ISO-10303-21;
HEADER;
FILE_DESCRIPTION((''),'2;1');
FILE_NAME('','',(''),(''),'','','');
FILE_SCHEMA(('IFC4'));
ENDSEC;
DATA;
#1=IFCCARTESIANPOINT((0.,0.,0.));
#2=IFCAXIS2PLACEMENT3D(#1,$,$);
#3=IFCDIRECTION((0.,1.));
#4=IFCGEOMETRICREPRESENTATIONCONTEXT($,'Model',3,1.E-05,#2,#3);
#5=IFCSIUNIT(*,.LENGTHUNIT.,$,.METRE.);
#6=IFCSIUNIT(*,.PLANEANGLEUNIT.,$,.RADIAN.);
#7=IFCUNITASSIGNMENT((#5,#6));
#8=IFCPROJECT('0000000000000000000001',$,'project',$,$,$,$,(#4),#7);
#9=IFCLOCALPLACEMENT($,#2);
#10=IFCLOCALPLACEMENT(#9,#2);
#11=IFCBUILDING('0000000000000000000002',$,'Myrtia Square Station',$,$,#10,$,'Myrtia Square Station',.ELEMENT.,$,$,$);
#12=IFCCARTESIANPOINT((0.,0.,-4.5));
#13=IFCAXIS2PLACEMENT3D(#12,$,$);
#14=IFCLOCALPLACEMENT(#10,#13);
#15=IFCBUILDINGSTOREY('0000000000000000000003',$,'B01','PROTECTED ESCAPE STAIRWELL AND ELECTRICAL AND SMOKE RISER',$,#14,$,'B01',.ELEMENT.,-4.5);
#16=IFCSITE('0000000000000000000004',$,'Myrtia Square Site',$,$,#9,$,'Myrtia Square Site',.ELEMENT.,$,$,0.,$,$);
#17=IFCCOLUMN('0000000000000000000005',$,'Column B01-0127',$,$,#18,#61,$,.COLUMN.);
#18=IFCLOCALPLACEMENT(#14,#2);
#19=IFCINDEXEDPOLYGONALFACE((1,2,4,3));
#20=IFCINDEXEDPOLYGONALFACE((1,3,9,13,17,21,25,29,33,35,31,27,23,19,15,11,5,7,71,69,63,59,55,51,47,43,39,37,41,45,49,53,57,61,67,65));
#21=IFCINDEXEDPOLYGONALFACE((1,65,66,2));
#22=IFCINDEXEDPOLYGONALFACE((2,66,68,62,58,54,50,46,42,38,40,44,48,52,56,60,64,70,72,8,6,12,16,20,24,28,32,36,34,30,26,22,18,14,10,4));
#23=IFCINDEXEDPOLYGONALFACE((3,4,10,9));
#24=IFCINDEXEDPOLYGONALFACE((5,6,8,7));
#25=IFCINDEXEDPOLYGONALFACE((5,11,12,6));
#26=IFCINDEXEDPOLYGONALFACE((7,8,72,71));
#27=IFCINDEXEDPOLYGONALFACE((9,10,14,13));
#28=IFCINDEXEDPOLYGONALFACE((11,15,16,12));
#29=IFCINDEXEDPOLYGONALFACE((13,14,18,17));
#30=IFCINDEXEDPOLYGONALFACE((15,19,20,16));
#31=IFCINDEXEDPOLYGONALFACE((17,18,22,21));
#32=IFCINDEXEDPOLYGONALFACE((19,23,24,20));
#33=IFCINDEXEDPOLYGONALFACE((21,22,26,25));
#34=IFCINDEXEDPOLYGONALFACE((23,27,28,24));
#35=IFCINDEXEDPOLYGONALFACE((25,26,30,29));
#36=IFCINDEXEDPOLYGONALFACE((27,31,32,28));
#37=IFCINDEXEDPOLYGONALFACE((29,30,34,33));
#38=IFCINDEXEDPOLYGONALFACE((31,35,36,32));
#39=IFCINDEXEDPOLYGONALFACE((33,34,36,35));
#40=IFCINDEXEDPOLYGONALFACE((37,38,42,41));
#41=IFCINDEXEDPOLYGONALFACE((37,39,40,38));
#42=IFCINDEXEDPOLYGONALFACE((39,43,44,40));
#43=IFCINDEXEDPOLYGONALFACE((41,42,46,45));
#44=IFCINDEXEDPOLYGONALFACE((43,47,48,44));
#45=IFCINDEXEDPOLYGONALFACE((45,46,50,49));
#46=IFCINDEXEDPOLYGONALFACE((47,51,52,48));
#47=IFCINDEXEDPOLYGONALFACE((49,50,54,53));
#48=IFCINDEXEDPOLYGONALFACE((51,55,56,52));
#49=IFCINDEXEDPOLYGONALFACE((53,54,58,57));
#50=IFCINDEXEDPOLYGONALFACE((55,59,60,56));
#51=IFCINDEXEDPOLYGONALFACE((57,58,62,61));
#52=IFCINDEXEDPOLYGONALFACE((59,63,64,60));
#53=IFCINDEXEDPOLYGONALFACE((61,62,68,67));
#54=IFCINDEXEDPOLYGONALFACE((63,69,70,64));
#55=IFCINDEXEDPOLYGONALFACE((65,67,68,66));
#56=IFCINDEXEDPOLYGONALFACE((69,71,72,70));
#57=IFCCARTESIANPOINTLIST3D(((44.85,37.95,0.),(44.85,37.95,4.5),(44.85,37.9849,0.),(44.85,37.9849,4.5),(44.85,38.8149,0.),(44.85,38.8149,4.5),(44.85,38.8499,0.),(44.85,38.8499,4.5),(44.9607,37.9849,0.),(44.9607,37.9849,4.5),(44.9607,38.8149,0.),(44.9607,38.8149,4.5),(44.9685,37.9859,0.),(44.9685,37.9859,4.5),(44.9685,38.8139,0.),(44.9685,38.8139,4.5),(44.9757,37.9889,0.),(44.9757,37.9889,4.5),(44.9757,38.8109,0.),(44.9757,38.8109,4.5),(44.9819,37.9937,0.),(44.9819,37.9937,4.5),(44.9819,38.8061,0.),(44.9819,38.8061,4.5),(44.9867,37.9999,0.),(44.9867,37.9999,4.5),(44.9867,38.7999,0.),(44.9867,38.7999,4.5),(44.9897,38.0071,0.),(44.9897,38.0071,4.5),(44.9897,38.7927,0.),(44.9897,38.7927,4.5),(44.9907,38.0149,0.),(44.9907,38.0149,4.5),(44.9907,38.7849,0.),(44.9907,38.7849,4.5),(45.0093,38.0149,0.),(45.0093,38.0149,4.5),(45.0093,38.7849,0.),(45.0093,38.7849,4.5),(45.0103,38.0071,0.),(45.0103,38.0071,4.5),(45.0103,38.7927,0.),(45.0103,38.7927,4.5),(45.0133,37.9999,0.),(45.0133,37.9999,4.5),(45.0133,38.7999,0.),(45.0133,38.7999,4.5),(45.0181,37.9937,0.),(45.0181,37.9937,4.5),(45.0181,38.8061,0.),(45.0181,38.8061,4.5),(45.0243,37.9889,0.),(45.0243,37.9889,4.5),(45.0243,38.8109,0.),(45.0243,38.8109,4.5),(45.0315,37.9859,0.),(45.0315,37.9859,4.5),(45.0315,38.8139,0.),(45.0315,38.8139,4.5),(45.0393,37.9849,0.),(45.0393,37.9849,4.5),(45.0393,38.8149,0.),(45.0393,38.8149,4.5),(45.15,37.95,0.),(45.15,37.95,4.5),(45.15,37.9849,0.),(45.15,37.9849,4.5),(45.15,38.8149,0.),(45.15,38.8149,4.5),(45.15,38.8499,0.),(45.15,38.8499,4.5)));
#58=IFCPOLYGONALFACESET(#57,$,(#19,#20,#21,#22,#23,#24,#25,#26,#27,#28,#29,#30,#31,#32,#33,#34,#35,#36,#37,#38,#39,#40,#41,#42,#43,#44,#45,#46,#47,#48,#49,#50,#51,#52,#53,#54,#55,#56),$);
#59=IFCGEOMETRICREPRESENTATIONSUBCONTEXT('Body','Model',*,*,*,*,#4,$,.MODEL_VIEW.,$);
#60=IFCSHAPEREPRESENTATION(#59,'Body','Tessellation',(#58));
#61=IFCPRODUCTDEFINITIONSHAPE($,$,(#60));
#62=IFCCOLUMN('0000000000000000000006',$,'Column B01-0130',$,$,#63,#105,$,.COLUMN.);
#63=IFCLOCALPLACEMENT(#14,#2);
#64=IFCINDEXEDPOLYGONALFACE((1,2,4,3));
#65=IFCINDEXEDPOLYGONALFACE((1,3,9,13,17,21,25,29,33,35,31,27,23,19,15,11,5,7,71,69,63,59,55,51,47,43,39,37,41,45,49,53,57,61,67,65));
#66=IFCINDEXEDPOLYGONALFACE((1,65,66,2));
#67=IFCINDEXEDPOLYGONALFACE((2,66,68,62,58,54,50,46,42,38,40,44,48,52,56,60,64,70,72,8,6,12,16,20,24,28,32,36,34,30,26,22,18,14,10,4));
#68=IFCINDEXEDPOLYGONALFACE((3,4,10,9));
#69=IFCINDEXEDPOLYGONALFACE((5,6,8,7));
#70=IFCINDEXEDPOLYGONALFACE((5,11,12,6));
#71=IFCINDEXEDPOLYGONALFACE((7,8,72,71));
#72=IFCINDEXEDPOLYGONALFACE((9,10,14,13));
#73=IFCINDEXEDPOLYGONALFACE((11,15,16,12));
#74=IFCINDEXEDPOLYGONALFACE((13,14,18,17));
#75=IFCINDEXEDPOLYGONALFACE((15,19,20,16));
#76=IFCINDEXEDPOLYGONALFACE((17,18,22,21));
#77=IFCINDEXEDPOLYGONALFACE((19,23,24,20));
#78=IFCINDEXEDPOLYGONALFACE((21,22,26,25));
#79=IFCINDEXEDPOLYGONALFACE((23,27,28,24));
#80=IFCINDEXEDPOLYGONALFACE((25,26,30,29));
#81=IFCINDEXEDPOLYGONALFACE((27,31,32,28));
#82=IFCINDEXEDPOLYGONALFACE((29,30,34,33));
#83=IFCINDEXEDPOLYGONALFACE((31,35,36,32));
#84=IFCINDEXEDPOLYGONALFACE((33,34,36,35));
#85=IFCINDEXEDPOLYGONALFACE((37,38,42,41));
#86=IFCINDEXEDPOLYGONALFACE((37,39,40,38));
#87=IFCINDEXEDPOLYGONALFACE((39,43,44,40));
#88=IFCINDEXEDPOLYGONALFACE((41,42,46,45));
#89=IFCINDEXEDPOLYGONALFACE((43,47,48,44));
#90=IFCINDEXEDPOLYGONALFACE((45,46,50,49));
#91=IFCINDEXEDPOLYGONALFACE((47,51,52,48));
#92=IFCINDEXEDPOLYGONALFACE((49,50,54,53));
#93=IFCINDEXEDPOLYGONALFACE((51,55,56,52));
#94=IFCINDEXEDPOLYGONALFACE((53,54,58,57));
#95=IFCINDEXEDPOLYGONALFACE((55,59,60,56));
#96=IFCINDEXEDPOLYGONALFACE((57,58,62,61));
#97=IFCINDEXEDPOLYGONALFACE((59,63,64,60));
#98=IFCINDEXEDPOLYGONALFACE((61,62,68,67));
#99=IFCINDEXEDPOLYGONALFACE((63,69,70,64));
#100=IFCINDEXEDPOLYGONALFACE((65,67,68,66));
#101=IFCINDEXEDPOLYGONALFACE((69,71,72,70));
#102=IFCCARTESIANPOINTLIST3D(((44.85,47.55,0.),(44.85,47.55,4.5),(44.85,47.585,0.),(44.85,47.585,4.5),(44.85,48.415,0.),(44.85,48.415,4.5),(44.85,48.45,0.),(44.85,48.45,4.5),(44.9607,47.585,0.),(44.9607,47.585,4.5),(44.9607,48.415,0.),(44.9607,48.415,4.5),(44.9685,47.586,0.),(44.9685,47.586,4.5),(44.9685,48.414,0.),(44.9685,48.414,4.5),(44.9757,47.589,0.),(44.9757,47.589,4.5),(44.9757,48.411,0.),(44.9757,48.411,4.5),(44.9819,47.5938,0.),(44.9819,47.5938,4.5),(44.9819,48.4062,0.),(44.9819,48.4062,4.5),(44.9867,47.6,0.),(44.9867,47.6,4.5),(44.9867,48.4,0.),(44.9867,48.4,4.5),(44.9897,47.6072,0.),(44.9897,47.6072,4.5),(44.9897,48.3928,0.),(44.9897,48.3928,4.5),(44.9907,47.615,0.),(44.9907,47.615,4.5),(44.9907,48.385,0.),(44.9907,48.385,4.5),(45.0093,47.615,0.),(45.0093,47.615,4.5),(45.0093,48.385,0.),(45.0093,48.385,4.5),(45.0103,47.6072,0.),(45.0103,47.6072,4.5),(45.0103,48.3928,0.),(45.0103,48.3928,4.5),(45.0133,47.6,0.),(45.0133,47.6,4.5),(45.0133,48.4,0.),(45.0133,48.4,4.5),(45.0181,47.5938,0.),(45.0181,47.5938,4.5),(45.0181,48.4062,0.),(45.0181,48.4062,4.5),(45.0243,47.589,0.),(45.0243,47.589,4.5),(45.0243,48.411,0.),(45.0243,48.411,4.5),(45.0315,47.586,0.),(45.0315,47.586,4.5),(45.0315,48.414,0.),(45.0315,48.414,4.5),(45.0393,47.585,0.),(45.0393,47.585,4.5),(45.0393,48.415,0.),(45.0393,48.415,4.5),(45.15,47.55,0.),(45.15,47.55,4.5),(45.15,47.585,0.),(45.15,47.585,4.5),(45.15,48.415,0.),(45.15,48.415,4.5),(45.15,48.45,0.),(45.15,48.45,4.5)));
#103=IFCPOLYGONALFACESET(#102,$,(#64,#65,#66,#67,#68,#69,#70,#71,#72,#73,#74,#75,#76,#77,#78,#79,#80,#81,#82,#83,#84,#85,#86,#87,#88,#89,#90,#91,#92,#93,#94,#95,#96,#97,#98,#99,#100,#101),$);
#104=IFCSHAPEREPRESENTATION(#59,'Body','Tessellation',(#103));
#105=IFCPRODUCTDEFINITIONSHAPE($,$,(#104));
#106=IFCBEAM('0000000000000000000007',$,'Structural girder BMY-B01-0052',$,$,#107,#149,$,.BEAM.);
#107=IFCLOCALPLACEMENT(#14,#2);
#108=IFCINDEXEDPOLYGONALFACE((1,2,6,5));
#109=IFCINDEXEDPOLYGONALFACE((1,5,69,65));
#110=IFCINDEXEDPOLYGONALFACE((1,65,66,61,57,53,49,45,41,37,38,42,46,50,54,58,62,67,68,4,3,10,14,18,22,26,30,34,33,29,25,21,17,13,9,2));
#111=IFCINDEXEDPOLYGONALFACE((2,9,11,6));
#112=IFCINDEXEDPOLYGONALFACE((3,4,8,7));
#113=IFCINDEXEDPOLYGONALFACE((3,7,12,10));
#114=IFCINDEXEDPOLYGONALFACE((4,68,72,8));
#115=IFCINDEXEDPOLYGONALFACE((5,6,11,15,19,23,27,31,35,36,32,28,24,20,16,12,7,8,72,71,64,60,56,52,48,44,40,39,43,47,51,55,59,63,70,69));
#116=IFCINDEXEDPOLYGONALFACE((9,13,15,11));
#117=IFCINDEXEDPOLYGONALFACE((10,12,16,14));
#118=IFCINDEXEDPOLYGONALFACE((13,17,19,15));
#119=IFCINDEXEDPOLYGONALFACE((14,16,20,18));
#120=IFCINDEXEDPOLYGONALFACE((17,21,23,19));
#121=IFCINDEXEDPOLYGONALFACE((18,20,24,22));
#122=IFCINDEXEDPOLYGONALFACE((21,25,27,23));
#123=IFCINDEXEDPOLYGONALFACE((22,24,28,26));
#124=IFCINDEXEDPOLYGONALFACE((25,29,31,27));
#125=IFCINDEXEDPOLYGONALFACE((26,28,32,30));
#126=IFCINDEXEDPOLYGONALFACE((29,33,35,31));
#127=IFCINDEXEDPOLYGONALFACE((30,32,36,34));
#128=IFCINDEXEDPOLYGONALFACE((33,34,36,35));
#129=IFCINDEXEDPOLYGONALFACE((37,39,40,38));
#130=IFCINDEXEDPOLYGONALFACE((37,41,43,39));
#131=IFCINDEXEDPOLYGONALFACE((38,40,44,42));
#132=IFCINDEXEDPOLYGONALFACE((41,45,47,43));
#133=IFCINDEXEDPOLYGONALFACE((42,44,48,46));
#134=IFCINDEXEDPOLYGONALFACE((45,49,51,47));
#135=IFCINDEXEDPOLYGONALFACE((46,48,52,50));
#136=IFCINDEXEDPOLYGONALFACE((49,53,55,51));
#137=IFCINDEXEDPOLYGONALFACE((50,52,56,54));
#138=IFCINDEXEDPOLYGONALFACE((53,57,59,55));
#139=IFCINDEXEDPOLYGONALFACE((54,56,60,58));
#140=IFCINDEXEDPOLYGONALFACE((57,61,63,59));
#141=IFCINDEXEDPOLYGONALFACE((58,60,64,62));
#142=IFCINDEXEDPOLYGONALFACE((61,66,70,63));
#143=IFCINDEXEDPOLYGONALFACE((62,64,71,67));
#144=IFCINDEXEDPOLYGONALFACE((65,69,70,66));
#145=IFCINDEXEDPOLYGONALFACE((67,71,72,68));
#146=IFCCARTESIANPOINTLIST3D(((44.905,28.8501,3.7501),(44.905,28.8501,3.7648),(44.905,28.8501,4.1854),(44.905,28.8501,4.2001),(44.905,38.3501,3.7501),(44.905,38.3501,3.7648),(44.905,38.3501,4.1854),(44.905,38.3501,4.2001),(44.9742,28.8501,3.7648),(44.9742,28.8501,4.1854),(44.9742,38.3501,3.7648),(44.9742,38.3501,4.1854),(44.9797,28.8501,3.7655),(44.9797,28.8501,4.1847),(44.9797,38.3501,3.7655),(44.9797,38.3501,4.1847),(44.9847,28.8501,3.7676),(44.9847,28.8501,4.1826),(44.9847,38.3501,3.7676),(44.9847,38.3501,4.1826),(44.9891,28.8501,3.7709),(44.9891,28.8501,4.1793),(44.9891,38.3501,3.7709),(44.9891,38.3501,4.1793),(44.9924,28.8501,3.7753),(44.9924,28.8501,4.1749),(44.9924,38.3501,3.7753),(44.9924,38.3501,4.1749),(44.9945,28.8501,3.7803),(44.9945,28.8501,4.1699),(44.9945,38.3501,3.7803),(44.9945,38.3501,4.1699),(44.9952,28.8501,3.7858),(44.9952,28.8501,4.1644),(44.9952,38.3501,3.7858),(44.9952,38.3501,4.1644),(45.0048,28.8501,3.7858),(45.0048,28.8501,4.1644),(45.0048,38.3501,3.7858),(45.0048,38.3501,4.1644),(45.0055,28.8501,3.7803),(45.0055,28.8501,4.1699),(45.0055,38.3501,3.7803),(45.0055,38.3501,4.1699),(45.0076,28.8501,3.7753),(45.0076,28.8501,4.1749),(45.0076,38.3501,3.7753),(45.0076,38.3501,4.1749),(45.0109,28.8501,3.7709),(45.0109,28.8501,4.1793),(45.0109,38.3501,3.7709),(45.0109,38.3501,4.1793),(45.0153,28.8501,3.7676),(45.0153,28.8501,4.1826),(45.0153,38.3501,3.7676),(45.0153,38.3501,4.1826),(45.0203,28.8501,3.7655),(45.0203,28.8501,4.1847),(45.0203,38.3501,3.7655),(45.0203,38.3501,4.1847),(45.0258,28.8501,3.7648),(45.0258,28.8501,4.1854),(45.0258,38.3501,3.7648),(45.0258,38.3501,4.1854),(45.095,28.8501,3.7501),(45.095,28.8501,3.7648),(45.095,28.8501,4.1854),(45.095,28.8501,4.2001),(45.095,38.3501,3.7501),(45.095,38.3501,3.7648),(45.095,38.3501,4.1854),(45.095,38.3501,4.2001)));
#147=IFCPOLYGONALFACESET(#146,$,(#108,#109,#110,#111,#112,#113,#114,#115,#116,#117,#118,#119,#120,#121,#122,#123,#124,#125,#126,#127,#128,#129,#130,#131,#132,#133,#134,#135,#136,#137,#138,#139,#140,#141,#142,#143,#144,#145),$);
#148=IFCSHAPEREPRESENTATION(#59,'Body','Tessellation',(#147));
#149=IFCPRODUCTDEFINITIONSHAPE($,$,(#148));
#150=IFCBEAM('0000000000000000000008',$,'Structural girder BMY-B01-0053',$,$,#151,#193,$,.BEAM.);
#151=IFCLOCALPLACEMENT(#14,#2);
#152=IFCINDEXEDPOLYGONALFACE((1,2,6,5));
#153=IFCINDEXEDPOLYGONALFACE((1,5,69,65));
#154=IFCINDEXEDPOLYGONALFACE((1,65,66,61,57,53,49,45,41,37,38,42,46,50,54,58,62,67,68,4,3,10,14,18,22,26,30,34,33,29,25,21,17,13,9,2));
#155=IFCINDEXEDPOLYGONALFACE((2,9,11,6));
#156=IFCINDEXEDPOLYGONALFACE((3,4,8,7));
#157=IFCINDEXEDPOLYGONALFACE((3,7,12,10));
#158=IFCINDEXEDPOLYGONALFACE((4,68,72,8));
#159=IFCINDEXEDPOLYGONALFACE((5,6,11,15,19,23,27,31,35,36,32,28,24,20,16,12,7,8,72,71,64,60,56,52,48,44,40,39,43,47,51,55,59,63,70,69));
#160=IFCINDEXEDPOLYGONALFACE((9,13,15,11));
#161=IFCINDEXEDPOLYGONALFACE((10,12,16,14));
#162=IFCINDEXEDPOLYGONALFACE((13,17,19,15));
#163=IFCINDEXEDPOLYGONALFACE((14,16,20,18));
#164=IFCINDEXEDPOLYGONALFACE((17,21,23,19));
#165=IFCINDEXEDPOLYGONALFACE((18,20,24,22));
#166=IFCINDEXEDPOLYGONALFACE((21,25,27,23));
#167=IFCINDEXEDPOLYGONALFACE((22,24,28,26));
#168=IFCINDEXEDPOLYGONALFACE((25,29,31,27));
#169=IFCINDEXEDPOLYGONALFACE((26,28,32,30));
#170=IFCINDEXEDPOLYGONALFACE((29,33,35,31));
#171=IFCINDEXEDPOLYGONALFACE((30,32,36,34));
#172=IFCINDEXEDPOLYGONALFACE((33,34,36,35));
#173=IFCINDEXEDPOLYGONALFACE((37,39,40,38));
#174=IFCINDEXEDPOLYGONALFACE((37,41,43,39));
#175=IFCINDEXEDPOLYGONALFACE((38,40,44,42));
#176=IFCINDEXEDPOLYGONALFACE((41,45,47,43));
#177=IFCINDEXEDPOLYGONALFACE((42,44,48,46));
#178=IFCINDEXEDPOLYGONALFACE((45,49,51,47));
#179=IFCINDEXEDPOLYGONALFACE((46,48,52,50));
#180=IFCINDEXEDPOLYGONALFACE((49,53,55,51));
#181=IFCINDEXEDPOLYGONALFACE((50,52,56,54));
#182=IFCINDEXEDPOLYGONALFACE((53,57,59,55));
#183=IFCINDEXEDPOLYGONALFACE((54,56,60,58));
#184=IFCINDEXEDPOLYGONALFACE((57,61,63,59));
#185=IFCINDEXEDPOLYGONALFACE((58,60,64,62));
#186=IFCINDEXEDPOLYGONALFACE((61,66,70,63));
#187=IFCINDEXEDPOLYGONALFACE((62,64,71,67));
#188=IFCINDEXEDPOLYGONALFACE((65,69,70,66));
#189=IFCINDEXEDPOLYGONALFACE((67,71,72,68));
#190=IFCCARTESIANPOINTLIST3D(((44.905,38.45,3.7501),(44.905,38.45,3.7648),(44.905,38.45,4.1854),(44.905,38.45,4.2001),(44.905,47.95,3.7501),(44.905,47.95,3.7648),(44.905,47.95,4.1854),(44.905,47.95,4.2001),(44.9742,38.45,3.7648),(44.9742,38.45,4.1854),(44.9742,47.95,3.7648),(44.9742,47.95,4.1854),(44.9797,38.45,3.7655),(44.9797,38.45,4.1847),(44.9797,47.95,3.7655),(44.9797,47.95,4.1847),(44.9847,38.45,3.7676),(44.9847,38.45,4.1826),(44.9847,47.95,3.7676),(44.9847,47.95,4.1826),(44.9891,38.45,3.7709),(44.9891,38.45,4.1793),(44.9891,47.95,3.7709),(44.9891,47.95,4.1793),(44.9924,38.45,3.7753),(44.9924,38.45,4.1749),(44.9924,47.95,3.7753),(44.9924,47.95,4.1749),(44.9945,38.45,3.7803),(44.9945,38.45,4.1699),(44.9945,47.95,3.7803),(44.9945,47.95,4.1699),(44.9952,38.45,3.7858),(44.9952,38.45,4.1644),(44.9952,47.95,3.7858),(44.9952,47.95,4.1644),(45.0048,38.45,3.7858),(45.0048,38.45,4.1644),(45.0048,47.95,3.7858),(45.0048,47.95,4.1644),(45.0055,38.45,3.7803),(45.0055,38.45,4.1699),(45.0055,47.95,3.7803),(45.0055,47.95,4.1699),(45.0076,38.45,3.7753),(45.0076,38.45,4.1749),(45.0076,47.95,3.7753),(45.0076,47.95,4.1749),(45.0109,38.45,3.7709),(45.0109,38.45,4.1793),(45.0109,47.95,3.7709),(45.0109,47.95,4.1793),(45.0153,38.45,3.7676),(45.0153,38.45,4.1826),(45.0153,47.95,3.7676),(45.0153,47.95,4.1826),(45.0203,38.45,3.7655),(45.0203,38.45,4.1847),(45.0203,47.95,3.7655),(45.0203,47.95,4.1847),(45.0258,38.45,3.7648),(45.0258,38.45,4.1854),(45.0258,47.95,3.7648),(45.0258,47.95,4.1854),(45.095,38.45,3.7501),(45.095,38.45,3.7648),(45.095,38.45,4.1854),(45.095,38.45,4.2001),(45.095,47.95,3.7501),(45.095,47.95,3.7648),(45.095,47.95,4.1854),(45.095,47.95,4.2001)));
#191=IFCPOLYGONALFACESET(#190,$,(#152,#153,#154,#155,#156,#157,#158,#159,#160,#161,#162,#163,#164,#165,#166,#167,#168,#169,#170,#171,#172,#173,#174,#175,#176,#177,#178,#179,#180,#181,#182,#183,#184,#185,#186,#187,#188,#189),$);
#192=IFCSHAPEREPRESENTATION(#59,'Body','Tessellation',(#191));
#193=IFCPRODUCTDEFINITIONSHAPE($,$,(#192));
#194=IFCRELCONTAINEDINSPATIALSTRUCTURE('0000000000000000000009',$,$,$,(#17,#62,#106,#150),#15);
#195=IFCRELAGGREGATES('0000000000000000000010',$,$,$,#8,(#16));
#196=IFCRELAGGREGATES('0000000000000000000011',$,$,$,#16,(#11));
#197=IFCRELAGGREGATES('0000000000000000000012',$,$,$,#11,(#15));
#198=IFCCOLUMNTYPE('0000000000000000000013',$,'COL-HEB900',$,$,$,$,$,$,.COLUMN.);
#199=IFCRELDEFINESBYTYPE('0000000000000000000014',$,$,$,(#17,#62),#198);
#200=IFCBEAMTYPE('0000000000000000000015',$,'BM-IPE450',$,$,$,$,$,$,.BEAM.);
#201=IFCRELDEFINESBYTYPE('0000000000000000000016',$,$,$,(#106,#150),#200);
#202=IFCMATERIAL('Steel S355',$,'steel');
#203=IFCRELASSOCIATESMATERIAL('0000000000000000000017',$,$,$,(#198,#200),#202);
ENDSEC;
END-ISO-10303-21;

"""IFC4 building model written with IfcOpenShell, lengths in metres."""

from ifc_helpers import new_model, si_unit, direction, frame, origin, origin_2d, place, context, subcontext, project, spatial, i_section, extrude, material, material_profile, profile_set, type_object, element, save


model = new_model("IFC4")

# Units and contexts
model_context = context("Model", 3, precision=1e-05, world=origin(), true_north=direction((0.0, 1.0)))
body_context = subcontext(model_context, "Body", "Model", "MODEL_VIEW")
ifc_project = project(units=[si_unit("LENGTHUNIT", "METRE"), si_unit("PLANEANGLEUNIT", "RADIAN")], contexts=[model_context])

# Site, building, storey
site_placement = place(None, origin())
site = spatial("IfcSite", under=ifc_project, at=site_placement, Name="Myrtia Square Site", LongName="Myrtia Square Site", CompositionType="ELEMENT", RefElevation=0.0)
building_placement = place(site_placement, origin())
building = spatial("IfcBuilding", under=site, at=building_placement, Name="Myrtia Square Station", LongName="Myrtia Square Station", CompositionType="ELEMENT")
storey_placement = place(building_placement, frame((0.0, 0.0, -4.5)))
storey = spatial("IfcBuildingStorey", under=building, at=storey_placement, Name="B01", Description="PROTECTED ESCAPE STAIRWELL AND ELECTRICAL AND SMOKE RISER", LongName="B01", CompositionType="ELEMENT", Elevation=-4.5)

# Columns
ifc_material_1 = material(Name="Steel S355", Category="steel")
ifc_material_profile_1 = material_profile(ifc_material_1, i_section(OverallWidth=0.3, OverallDepth=0.8999, WebThickness=0.0186, FlangeThickness=0.0349, FilletRadius=0.03, at=origin_2d()), Name="HEB 900")
ifc_profile_set_1 = profile_set([ifc_material_profile_1], Name="Steel S355")
column_type = type_object("IfcColumnType", Name="COL-HEB900", PredefinedType="COLUMN", material=ifc_profile_set_1)
for number, where, z_axis, x_axis, name in (
    (1, (45.0, 38.3999, 0.0), (0.0, 0.0, 1.0), (1.0, 0.0, 0.0), "Column B01-0127"),
    (2, (45.0, 48.0, 0.0), (0.0, 0.0, 1.0), (1.0, 0.0, 0.0), "Column B01-0130"),
):
    element("IfcColumn", number, at=place(storey_placement, frame(where, z_axis=z_axis, x_axis=x_axis)), inside=storey, type_object=column_type, Name=name, PredefinedType="COLUMN", context=body_context, shape_type="SweptSolid", body=[
        extrude(i_section(OverallWidth=0.3, OverallDepth=0.8999, WebThickness=0.0186, FlangeThickness=0.0349, FilletRadius=0.03, at=origin_2d()), origin(), (0.0, 0.0, 1.0), 4.5),
    ])

# Beams
ifc_material_profile_2 = material_profile(ifc_material_1, i_section(OverallWidth=0.1899, OverallDepth=0.45, WebThickness=0.0095, FlangeThickness=0.0146, FilletRadius=0.021, at=origin_2d()), Name="IPE 450")
ifc_profile_set_2 = profile_set([ifc_material_profile_2], Name="Steel S355")
beam_type_1 = type_object("IfcBeamType", Name="BM-IPE450", PredefinedType="BEAM", material=ifc_profile_set_2)
for number, where, z_axis, x_axis, name in (
    (3, (45.0, 28.8501, 3.9751), (0.0, 1.0, 0.0), (-1.0, 0.0, 0.0), "Structural girder BMY-B01-0052"),
    (4, (45.0, 38.45, 3.9751), (0.0, 1.0, 0.0), (-1.0, 0.0, 0.0), "Structural girder BMY-B01-0053"),
):
    element("IfcBeam", number, at=place(storey_placement, frame(where, z_axis=z_axis, x_axis=x_axis)), inside=storey, type_object=beam_type_1, Name=name, PredefinedType="BEAM", context=body_context, shape_type="SweptSolid", body=[
        extrude(i_section(OverallWidth=0.1899, OverallDepth=0.45, WebThickness=0.0095, FlangeThickness=0.0146, FilletRadius=0.021, at=origin_2d()), origin(), (0.0, 0.0, 1.0), 9.5),
    ])

save(model, "model.ifc")
